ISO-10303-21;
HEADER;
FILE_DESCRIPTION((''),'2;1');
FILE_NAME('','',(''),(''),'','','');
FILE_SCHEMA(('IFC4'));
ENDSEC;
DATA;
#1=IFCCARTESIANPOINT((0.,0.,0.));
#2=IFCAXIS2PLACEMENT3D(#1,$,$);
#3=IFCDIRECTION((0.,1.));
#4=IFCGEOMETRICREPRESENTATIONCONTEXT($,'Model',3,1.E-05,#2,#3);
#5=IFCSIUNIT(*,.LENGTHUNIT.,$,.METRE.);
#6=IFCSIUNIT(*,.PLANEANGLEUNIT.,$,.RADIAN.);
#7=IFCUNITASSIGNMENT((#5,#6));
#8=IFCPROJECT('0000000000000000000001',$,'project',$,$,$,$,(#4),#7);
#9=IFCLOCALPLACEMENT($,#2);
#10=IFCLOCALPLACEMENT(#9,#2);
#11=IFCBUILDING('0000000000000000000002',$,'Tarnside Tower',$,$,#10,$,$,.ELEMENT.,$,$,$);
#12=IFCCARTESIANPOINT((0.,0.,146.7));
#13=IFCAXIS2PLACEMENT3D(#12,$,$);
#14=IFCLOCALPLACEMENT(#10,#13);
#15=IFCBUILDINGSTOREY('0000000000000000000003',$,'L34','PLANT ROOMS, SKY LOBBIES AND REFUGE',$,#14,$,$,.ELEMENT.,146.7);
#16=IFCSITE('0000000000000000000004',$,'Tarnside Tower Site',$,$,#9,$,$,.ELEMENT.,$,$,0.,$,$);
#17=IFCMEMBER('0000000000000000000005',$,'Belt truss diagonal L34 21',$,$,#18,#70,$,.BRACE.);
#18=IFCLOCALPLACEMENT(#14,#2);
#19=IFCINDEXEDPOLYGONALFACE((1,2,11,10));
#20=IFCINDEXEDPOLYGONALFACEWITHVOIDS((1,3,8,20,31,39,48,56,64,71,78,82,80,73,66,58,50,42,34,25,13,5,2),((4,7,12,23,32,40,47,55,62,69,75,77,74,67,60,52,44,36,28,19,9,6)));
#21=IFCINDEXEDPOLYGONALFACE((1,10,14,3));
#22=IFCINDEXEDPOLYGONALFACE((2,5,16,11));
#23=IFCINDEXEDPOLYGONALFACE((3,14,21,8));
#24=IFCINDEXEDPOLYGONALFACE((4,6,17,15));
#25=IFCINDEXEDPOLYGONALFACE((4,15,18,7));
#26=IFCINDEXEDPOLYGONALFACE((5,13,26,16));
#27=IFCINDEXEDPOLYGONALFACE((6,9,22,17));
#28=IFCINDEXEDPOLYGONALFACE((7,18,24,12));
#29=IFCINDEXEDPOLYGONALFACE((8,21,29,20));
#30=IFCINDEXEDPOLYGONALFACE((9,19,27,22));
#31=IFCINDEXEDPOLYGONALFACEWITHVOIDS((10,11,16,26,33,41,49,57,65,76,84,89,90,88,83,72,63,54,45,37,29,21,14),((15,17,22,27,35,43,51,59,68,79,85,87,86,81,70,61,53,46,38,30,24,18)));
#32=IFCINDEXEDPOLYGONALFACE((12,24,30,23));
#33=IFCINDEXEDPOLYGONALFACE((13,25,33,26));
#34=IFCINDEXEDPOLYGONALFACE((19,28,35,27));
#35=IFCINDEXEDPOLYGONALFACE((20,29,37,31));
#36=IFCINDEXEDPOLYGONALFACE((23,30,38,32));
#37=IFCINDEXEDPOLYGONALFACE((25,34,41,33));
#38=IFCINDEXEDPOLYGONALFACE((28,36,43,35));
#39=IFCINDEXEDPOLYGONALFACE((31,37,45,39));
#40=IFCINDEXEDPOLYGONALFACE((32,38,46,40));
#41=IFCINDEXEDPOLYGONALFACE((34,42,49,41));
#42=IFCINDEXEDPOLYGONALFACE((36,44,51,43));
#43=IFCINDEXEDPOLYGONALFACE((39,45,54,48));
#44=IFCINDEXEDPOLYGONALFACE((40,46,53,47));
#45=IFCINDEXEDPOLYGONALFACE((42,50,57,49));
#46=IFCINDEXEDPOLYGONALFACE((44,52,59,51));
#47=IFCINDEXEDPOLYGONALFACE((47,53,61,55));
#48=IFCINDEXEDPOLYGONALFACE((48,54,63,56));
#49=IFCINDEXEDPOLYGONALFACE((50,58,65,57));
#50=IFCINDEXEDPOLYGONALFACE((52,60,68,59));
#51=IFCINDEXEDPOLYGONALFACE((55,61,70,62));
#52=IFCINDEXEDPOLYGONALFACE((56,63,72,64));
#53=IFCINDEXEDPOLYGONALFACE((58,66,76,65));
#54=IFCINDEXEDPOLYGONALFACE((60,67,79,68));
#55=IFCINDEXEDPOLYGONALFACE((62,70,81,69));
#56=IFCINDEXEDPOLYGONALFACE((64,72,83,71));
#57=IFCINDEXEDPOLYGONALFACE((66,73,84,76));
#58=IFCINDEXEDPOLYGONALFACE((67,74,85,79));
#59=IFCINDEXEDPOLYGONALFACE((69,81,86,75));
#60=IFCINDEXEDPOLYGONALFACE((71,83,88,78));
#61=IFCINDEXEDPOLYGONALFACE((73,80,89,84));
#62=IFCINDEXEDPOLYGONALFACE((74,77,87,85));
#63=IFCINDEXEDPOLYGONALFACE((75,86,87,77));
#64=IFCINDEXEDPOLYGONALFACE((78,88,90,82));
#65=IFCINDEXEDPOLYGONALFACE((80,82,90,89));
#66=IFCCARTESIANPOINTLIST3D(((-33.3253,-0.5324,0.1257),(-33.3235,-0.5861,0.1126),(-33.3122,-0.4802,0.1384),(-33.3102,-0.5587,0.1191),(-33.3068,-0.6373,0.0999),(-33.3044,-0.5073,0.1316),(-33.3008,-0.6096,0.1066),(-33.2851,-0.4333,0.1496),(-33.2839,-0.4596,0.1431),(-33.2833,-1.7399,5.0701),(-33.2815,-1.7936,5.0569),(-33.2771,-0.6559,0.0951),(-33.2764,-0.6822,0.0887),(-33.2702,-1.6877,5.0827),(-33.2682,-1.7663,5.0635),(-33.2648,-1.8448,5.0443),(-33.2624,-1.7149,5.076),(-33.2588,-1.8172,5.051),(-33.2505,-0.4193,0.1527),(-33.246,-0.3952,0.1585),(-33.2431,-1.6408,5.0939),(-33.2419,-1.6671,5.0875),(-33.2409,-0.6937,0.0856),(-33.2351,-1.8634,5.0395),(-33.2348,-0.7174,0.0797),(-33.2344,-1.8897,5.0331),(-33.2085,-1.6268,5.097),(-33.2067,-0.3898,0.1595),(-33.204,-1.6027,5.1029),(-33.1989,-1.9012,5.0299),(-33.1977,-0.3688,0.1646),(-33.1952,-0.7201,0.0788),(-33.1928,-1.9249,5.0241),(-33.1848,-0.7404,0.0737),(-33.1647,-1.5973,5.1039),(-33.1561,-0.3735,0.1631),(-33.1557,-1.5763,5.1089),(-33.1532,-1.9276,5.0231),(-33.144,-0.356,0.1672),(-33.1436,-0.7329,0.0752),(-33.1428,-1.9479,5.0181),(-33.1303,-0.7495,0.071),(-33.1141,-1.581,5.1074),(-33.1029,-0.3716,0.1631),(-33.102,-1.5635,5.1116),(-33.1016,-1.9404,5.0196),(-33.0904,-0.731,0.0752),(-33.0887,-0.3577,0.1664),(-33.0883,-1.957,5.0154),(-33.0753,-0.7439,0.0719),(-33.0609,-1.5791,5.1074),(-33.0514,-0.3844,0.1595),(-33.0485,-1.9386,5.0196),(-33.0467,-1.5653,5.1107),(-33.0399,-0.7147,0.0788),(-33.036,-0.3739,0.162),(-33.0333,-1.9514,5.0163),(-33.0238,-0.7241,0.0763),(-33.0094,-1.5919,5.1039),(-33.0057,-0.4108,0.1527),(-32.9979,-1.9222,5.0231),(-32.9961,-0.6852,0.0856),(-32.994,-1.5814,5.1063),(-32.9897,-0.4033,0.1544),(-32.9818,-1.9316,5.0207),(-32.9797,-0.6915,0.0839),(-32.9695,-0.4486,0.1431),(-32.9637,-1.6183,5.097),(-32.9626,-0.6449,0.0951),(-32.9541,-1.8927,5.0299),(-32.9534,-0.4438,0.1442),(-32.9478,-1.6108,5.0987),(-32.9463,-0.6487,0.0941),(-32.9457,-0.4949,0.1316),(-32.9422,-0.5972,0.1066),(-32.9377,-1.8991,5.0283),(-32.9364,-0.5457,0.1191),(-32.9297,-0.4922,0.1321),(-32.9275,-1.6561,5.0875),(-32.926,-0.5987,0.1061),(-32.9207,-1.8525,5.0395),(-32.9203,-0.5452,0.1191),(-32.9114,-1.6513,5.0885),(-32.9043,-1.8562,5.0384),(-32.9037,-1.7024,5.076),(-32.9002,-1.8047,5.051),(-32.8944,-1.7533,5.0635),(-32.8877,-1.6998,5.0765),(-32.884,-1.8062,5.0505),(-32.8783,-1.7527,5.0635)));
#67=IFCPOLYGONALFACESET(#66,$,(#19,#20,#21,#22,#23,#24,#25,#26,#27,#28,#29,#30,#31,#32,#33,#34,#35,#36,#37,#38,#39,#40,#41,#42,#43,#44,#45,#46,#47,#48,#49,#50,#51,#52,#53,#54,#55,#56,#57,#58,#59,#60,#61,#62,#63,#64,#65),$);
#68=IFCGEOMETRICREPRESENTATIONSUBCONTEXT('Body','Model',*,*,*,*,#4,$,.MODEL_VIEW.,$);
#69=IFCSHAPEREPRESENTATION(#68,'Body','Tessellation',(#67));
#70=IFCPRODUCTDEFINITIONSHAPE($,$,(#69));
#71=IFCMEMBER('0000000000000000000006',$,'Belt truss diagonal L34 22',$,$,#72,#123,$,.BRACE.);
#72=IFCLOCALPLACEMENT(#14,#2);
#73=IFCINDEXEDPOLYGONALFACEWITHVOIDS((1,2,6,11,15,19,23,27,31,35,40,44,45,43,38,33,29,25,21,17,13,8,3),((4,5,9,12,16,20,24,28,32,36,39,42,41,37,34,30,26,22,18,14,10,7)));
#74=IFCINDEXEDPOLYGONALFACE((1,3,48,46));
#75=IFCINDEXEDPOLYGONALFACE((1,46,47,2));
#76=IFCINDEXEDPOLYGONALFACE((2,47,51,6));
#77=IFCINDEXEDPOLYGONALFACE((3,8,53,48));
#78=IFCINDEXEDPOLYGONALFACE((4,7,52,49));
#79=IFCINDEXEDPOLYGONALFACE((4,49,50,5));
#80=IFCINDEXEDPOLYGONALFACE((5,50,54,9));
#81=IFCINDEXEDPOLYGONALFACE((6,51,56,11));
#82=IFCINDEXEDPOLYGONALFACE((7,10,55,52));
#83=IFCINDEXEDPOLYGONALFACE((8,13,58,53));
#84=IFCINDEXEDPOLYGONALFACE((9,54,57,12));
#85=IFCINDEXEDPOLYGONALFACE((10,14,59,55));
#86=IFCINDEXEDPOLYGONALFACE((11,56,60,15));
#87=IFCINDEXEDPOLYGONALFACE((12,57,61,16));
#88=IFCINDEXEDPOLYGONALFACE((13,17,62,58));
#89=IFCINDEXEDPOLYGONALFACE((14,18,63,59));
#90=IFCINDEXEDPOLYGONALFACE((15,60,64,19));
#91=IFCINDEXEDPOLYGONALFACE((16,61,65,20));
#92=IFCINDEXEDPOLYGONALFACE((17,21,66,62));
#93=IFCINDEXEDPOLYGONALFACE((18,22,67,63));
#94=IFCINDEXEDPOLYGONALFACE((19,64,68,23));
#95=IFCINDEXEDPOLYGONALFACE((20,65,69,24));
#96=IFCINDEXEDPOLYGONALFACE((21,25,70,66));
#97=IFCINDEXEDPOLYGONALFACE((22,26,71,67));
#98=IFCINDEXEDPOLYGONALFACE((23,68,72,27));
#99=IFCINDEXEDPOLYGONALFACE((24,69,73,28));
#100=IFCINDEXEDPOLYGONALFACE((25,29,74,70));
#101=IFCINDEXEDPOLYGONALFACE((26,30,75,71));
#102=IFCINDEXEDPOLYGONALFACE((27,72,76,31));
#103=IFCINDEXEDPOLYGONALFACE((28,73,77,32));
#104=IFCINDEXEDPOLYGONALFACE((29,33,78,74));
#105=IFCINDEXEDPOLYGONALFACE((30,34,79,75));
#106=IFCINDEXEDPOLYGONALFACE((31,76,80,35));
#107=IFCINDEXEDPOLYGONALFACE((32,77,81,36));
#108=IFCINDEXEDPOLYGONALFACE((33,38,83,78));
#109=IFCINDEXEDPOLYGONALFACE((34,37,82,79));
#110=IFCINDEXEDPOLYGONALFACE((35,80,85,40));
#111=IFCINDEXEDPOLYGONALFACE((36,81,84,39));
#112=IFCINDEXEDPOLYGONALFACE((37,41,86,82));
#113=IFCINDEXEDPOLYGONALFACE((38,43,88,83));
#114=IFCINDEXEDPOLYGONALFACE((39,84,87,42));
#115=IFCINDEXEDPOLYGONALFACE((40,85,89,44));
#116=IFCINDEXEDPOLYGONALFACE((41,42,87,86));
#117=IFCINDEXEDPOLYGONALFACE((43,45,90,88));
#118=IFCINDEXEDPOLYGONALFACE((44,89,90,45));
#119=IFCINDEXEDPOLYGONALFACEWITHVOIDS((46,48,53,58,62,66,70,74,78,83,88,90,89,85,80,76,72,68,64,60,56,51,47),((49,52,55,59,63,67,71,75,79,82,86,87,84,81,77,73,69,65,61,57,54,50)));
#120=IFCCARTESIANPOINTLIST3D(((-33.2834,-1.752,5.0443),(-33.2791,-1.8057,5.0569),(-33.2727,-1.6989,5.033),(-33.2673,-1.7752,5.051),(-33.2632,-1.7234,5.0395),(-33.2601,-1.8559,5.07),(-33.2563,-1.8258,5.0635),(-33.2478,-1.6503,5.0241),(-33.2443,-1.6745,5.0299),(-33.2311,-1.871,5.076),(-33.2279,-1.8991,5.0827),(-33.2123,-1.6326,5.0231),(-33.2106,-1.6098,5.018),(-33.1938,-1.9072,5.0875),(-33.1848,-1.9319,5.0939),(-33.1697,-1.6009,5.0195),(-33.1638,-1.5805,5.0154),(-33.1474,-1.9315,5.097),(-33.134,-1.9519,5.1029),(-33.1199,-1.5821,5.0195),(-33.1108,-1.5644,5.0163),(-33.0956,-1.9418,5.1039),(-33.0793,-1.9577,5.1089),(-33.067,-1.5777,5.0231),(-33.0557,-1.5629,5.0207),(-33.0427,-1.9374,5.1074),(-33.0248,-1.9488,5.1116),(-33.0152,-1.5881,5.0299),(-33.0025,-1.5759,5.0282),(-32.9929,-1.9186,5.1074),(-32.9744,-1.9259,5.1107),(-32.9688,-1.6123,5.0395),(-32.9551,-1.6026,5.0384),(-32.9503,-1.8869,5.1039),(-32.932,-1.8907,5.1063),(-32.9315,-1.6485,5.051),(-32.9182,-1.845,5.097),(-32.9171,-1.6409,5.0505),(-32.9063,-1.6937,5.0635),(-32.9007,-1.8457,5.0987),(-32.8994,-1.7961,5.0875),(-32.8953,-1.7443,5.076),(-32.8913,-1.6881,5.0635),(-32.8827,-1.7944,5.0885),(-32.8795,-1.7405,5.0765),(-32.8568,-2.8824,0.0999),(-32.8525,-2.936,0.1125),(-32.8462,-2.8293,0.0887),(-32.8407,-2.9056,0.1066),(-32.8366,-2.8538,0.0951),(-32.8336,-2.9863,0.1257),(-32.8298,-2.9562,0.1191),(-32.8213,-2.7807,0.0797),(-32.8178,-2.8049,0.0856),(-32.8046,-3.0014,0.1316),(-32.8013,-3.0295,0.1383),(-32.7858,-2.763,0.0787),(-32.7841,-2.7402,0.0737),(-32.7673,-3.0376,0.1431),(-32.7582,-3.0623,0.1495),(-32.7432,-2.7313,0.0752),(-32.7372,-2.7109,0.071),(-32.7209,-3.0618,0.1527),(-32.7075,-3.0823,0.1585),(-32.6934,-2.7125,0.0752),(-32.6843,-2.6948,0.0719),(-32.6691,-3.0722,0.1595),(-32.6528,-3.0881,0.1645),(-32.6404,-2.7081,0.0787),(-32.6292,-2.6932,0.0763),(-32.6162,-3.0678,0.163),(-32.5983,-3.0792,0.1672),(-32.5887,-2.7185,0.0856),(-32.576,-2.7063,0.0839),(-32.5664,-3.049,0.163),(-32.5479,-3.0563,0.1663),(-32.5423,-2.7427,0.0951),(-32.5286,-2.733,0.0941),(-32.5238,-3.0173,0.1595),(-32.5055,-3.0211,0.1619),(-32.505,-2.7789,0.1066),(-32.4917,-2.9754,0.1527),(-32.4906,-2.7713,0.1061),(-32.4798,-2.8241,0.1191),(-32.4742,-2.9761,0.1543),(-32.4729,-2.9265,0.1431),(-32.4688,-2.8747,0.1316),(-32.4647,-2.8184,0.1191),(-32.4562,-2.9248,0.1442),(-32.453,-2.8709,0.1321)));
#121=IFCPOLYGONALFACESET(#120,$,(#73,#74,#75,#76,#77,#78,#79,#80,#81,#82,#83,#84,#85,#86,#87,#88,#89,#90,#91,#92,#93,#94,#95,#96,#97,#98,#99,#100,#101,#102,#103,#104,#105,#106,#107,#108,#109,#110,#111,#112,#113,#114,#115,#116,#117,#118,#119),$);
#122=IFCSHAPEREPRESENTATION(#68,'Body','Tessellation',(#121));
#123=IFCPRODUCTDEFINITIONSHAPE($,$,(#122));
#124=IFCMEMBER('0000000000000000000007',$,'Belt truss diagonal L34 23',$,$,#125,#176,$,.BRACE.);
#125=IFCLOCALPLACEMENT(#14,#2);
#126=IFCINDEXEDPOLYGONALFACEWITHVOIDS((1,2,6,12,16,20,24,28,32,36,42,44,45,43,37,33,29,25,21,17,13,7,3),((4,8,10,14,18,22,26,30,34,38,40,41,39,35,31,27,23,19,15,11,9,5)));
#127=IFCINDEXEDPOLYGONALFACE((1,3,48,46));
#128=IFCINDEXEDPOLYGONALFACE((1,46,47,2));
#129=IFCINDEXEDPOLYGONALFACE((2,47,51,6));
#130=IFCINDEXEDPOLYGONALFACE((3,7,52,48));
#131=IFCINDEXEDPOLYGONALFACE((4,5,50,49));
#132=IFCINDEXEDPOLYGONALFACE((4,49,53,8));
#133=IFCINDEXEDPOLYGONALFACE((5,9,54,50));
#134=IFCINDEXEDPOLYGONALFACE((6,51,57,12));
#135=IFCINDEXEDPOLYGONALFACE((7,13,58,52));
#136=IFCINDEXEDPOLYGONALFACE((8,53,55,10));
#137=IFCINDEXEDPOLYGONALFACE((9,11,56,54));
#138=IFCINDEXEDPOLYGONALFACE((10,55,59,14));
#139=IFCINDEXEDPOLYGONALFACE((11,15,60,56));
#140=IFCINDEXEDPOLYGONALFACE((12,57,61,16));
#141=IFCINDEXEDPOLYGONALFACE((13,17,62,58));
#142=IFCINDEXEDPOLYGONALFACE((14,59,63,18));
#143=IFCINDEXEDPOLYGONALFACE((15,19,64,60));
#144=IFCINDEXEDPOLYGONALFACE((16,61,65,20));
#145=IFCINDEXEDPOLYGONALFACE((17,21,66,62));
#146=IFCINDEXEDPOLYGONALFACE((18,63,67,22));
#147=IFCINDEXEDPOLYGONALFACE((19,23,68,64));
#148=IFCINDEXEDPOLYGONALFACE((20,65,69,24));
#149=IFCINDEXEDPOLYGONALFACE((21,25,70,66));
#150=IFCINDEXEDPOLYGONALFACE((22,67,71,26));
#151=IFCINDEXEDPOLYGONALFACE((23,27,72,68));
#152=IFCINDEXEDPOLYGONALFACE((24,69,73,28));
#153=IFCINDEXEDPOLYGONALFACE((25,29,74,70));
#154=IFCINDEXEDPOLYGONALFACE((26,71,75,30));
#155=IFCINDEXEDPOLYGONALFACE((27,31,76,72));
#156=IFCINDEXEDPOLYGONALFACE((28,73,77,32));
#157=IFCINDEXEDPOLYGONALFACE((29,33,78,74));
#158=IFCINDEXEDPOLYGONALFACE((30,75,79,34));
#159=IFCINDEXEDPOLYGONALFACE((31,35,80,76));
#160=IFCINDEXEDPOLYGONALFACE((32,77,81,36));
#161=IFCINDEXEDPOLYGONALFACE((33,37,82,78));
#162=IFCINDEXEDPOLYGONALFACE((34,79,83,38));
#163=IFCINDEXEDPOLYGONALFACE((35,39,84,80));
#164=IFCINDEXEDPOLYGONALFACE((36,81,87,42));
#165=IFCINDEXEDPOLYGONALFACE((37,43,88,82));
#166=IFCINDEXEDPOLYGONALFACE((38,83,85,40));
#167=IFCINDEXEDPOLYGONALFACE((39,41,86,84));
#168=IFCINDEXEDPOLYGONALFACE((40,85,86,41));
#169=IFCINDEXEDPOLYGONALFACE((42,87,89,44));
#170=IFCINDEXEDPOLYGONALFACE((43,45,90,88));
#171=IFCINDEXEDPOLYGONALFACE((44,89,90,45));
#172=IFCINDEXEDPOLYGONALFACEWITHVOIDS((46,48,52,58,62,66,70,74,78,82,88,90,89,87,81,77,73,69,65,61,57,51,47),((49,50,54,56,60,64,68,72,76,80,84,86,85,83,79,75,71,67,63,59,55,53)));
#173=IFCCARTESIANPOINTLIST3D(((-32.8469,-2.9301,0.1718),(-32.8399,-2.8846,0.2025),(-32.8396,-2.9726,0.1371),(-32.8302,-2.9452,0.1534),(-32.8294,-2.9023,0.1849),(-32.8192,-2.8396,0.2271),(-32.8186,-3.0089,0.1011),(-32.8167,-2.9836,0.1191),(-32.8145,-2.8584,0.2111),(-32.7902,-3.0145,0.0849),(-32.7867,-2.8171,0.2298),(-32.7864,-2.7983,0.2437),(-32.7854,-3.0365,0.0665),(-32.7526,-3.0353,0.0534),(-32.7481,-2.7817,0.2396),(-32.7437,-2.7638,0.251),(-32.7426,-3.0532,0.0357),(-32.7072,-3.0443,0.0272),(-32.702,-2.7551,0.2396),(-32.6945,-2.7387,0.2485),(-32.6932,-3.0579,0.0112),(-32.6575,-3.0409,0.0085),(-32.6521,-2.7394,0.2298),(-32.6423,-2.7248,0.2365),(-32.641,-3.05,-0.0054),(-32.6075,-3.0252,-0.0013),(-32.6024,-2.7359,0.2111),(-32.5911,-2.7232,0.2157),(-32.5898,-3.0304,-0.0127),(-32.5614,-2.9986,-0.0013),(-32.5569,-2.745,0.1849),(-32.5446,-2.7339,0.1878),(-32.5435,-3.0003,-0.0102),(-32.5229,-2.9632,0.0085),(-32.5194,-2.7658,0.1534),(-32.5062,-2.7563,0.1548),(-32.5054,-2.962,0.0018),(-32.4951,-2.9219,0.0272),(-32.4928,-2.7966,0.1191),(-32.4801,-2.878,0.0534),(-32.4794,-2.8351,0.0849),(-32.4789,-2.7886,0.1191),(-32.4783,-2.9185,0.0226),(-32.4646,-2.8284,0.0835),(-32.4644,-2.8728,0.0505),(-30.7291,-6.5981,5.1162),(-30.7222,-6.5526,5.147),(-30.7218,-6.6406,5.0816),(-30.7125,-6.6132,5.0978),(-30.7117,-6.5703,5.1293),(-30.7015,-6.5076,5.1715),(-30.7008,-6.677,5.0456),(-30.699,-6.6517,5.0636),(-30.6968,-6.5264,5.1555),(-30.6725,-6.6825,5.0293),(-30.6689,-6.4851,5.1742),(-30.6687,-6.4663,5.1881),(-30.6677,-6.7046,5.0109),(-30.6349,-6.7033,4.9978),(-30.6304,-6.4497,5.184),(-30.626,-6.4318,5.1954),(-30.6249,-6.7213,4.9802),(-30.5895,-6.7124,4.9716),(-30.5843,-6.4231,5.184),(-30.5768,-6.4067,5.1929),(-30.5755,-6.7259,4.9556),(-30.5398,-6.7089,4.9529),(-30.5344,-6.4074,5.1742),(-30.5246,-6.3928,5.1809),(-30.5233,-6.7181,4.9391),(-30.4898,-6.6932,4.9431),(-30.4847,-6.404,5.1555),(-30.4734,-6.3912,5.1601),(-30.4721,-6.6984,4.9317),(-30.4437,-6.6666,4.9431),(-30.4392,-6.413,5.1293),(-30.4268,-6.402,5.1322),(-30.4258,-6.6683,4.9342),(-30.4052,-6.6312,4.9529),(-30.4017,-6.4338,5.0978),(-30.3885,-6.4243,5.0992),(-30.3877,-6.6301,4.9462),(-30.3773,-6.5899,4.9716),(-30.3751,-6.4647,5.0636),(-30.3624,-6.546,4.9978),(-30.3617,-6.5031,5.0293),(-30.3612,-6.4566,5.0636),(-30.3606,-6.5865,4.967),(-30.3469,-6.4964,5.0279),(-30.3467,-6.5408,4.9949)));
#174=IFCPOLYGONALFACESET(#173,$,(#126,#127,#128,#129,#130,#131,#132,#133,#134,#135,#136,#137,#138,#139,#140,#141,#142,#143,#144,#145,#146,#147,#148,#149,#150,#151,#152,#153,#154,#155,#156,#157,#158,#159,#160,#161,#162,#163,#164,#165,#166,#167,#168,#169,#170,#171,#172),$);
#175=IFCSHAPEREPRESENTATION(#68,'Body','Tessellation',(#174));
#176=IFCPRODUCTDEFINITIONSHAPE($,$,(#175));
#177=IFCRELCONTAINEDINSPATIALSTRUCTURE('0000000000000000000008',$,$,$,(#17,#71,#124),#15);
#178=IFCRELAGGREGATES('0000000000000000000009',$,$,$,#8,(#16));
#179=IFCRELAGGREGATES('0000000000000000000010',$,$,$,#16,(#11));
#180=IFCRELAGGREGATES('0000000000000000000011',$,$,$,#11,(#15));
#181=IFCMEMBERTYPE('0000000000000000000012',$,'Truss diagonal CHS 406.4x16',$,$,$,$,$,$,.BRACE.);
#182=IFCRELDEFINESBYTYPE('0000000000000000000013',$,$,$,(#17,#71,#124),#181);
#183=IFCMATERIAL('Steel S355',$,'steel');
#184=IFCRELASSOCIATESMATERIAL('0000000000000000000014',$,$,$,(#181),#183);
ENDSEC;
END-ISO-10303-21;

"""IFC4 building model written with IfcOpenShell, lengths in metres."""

from ifc_helpers import new_model, si_unit, direction, frame, origin, origin_2d, place, context, subcontext, project, spatial, hollow_circle, extrude, material, material_profile, profile_set, type_object, element, save


model = new_model("IFC4")

# Units and contexts
model_context = context("Model", 3, precision=1e-05, world=origin(), true_north=direction((0.0, 1.0)))
body_context = subcontext(model_context, "Body", "Model", "MODEL_VIEW")
ifc_project = project(units=[si_unit("LENGTHUNIT", "METRE"), si_unit("PLANEANGLEUNIT", "RADIAN")], contexts=[model_context])

# Site, building, storey
site_placement = place(None, origin())
site = spatial("IfcSite", under=ifc_project, at=site_placement, Name="Tarnside Tower Site", CompositionType="ELEMENT", RefElevation=0.0)
building_placement = place(site_placement, origin())
building = spatial("IfcBuilding", under=site, at=building_placement, Name="Tarnside Tower", CompositionType="ELEMENT")
storey_placement = place(building_placement, frame((0.0, 0.0, 146.7)))
storey = spatial("IfcBuildingStorey", under=building, at=storey_placement, Name="L34", Description="PLANT ROOMS, SKY LOBBIES AND REFUGE", CompositionType="ELEMENT", Elevation=146.7)

# Shared definitions
ifc_material_1 = material(Name="Steel S355", Category="steel")

# Members
ifc_material_profile_1 = material_profile(ifc_material_1, hollow_circle(Radius=0.2031, WallThickness=0.0161, at=origin_2d()), Name="CHS 406.4x16")
ifc_profile_set_1 = profile_set([ifc_material_profile_1], Name="Steel S355")
member_type_1 = type_object("IfcMemberType", Name="Truss diagonal CHS 406.4x16", PredefinedType="BRACE", material=ifc_profile_set_1)
for number, where, z_axis, x_axis, name in (
    (1, (-33.1233, -0.5522, 0.1191), (0.00825, -0.237242, 0.971416), (0.999396, 0.034755, 0.0), "Belt truss diagonal L34 21"),
    (2, (-33.0813, -1.7598, 5.0635), (0.083798, -0.222085, -0.97142), (0.935613, 0.353027, 0.0), "Belt truss diagonal L34 22"),
):
    element("IfcMember", number, at=place(storey_placement, frame(where, z_axis=z_axis, x_axis=x_axis)), inside=storey, type_object=member_type_1, Name=name, PredefinedType="BRACE", context=body_context, shape_type="SweptSolid", body=[
        extrude(hollow_circle(Radius=0.2031, WallThickness=0.0161, at=origin_2d()), origin(), (0.0, 0.0, 1.0), 5.0898),
    ])
member_1_placement = place(storey_placement, frame((-32.6548, -2.8901, 0.1191), z_axis=(0.325277, -0.563403, 0.759455), x_axis=(0.866028, 0.499995, 0.0)))
element("IfcMember", 3, at=member_1_placement, inside=storey, type_object=member_type_1, Name="Belt truss diagonal L34 23", PredefinedType="BRACE", context=body_context, shape_type="SweptSolid", body=[
    extrude(hollow_circle(Radius=0.2031, WallThickness=0.0161, at=origin_2d()), origin(), (0.0, 0.0, 1.0), 6.5105),
])

save(model, "model.ifc")
